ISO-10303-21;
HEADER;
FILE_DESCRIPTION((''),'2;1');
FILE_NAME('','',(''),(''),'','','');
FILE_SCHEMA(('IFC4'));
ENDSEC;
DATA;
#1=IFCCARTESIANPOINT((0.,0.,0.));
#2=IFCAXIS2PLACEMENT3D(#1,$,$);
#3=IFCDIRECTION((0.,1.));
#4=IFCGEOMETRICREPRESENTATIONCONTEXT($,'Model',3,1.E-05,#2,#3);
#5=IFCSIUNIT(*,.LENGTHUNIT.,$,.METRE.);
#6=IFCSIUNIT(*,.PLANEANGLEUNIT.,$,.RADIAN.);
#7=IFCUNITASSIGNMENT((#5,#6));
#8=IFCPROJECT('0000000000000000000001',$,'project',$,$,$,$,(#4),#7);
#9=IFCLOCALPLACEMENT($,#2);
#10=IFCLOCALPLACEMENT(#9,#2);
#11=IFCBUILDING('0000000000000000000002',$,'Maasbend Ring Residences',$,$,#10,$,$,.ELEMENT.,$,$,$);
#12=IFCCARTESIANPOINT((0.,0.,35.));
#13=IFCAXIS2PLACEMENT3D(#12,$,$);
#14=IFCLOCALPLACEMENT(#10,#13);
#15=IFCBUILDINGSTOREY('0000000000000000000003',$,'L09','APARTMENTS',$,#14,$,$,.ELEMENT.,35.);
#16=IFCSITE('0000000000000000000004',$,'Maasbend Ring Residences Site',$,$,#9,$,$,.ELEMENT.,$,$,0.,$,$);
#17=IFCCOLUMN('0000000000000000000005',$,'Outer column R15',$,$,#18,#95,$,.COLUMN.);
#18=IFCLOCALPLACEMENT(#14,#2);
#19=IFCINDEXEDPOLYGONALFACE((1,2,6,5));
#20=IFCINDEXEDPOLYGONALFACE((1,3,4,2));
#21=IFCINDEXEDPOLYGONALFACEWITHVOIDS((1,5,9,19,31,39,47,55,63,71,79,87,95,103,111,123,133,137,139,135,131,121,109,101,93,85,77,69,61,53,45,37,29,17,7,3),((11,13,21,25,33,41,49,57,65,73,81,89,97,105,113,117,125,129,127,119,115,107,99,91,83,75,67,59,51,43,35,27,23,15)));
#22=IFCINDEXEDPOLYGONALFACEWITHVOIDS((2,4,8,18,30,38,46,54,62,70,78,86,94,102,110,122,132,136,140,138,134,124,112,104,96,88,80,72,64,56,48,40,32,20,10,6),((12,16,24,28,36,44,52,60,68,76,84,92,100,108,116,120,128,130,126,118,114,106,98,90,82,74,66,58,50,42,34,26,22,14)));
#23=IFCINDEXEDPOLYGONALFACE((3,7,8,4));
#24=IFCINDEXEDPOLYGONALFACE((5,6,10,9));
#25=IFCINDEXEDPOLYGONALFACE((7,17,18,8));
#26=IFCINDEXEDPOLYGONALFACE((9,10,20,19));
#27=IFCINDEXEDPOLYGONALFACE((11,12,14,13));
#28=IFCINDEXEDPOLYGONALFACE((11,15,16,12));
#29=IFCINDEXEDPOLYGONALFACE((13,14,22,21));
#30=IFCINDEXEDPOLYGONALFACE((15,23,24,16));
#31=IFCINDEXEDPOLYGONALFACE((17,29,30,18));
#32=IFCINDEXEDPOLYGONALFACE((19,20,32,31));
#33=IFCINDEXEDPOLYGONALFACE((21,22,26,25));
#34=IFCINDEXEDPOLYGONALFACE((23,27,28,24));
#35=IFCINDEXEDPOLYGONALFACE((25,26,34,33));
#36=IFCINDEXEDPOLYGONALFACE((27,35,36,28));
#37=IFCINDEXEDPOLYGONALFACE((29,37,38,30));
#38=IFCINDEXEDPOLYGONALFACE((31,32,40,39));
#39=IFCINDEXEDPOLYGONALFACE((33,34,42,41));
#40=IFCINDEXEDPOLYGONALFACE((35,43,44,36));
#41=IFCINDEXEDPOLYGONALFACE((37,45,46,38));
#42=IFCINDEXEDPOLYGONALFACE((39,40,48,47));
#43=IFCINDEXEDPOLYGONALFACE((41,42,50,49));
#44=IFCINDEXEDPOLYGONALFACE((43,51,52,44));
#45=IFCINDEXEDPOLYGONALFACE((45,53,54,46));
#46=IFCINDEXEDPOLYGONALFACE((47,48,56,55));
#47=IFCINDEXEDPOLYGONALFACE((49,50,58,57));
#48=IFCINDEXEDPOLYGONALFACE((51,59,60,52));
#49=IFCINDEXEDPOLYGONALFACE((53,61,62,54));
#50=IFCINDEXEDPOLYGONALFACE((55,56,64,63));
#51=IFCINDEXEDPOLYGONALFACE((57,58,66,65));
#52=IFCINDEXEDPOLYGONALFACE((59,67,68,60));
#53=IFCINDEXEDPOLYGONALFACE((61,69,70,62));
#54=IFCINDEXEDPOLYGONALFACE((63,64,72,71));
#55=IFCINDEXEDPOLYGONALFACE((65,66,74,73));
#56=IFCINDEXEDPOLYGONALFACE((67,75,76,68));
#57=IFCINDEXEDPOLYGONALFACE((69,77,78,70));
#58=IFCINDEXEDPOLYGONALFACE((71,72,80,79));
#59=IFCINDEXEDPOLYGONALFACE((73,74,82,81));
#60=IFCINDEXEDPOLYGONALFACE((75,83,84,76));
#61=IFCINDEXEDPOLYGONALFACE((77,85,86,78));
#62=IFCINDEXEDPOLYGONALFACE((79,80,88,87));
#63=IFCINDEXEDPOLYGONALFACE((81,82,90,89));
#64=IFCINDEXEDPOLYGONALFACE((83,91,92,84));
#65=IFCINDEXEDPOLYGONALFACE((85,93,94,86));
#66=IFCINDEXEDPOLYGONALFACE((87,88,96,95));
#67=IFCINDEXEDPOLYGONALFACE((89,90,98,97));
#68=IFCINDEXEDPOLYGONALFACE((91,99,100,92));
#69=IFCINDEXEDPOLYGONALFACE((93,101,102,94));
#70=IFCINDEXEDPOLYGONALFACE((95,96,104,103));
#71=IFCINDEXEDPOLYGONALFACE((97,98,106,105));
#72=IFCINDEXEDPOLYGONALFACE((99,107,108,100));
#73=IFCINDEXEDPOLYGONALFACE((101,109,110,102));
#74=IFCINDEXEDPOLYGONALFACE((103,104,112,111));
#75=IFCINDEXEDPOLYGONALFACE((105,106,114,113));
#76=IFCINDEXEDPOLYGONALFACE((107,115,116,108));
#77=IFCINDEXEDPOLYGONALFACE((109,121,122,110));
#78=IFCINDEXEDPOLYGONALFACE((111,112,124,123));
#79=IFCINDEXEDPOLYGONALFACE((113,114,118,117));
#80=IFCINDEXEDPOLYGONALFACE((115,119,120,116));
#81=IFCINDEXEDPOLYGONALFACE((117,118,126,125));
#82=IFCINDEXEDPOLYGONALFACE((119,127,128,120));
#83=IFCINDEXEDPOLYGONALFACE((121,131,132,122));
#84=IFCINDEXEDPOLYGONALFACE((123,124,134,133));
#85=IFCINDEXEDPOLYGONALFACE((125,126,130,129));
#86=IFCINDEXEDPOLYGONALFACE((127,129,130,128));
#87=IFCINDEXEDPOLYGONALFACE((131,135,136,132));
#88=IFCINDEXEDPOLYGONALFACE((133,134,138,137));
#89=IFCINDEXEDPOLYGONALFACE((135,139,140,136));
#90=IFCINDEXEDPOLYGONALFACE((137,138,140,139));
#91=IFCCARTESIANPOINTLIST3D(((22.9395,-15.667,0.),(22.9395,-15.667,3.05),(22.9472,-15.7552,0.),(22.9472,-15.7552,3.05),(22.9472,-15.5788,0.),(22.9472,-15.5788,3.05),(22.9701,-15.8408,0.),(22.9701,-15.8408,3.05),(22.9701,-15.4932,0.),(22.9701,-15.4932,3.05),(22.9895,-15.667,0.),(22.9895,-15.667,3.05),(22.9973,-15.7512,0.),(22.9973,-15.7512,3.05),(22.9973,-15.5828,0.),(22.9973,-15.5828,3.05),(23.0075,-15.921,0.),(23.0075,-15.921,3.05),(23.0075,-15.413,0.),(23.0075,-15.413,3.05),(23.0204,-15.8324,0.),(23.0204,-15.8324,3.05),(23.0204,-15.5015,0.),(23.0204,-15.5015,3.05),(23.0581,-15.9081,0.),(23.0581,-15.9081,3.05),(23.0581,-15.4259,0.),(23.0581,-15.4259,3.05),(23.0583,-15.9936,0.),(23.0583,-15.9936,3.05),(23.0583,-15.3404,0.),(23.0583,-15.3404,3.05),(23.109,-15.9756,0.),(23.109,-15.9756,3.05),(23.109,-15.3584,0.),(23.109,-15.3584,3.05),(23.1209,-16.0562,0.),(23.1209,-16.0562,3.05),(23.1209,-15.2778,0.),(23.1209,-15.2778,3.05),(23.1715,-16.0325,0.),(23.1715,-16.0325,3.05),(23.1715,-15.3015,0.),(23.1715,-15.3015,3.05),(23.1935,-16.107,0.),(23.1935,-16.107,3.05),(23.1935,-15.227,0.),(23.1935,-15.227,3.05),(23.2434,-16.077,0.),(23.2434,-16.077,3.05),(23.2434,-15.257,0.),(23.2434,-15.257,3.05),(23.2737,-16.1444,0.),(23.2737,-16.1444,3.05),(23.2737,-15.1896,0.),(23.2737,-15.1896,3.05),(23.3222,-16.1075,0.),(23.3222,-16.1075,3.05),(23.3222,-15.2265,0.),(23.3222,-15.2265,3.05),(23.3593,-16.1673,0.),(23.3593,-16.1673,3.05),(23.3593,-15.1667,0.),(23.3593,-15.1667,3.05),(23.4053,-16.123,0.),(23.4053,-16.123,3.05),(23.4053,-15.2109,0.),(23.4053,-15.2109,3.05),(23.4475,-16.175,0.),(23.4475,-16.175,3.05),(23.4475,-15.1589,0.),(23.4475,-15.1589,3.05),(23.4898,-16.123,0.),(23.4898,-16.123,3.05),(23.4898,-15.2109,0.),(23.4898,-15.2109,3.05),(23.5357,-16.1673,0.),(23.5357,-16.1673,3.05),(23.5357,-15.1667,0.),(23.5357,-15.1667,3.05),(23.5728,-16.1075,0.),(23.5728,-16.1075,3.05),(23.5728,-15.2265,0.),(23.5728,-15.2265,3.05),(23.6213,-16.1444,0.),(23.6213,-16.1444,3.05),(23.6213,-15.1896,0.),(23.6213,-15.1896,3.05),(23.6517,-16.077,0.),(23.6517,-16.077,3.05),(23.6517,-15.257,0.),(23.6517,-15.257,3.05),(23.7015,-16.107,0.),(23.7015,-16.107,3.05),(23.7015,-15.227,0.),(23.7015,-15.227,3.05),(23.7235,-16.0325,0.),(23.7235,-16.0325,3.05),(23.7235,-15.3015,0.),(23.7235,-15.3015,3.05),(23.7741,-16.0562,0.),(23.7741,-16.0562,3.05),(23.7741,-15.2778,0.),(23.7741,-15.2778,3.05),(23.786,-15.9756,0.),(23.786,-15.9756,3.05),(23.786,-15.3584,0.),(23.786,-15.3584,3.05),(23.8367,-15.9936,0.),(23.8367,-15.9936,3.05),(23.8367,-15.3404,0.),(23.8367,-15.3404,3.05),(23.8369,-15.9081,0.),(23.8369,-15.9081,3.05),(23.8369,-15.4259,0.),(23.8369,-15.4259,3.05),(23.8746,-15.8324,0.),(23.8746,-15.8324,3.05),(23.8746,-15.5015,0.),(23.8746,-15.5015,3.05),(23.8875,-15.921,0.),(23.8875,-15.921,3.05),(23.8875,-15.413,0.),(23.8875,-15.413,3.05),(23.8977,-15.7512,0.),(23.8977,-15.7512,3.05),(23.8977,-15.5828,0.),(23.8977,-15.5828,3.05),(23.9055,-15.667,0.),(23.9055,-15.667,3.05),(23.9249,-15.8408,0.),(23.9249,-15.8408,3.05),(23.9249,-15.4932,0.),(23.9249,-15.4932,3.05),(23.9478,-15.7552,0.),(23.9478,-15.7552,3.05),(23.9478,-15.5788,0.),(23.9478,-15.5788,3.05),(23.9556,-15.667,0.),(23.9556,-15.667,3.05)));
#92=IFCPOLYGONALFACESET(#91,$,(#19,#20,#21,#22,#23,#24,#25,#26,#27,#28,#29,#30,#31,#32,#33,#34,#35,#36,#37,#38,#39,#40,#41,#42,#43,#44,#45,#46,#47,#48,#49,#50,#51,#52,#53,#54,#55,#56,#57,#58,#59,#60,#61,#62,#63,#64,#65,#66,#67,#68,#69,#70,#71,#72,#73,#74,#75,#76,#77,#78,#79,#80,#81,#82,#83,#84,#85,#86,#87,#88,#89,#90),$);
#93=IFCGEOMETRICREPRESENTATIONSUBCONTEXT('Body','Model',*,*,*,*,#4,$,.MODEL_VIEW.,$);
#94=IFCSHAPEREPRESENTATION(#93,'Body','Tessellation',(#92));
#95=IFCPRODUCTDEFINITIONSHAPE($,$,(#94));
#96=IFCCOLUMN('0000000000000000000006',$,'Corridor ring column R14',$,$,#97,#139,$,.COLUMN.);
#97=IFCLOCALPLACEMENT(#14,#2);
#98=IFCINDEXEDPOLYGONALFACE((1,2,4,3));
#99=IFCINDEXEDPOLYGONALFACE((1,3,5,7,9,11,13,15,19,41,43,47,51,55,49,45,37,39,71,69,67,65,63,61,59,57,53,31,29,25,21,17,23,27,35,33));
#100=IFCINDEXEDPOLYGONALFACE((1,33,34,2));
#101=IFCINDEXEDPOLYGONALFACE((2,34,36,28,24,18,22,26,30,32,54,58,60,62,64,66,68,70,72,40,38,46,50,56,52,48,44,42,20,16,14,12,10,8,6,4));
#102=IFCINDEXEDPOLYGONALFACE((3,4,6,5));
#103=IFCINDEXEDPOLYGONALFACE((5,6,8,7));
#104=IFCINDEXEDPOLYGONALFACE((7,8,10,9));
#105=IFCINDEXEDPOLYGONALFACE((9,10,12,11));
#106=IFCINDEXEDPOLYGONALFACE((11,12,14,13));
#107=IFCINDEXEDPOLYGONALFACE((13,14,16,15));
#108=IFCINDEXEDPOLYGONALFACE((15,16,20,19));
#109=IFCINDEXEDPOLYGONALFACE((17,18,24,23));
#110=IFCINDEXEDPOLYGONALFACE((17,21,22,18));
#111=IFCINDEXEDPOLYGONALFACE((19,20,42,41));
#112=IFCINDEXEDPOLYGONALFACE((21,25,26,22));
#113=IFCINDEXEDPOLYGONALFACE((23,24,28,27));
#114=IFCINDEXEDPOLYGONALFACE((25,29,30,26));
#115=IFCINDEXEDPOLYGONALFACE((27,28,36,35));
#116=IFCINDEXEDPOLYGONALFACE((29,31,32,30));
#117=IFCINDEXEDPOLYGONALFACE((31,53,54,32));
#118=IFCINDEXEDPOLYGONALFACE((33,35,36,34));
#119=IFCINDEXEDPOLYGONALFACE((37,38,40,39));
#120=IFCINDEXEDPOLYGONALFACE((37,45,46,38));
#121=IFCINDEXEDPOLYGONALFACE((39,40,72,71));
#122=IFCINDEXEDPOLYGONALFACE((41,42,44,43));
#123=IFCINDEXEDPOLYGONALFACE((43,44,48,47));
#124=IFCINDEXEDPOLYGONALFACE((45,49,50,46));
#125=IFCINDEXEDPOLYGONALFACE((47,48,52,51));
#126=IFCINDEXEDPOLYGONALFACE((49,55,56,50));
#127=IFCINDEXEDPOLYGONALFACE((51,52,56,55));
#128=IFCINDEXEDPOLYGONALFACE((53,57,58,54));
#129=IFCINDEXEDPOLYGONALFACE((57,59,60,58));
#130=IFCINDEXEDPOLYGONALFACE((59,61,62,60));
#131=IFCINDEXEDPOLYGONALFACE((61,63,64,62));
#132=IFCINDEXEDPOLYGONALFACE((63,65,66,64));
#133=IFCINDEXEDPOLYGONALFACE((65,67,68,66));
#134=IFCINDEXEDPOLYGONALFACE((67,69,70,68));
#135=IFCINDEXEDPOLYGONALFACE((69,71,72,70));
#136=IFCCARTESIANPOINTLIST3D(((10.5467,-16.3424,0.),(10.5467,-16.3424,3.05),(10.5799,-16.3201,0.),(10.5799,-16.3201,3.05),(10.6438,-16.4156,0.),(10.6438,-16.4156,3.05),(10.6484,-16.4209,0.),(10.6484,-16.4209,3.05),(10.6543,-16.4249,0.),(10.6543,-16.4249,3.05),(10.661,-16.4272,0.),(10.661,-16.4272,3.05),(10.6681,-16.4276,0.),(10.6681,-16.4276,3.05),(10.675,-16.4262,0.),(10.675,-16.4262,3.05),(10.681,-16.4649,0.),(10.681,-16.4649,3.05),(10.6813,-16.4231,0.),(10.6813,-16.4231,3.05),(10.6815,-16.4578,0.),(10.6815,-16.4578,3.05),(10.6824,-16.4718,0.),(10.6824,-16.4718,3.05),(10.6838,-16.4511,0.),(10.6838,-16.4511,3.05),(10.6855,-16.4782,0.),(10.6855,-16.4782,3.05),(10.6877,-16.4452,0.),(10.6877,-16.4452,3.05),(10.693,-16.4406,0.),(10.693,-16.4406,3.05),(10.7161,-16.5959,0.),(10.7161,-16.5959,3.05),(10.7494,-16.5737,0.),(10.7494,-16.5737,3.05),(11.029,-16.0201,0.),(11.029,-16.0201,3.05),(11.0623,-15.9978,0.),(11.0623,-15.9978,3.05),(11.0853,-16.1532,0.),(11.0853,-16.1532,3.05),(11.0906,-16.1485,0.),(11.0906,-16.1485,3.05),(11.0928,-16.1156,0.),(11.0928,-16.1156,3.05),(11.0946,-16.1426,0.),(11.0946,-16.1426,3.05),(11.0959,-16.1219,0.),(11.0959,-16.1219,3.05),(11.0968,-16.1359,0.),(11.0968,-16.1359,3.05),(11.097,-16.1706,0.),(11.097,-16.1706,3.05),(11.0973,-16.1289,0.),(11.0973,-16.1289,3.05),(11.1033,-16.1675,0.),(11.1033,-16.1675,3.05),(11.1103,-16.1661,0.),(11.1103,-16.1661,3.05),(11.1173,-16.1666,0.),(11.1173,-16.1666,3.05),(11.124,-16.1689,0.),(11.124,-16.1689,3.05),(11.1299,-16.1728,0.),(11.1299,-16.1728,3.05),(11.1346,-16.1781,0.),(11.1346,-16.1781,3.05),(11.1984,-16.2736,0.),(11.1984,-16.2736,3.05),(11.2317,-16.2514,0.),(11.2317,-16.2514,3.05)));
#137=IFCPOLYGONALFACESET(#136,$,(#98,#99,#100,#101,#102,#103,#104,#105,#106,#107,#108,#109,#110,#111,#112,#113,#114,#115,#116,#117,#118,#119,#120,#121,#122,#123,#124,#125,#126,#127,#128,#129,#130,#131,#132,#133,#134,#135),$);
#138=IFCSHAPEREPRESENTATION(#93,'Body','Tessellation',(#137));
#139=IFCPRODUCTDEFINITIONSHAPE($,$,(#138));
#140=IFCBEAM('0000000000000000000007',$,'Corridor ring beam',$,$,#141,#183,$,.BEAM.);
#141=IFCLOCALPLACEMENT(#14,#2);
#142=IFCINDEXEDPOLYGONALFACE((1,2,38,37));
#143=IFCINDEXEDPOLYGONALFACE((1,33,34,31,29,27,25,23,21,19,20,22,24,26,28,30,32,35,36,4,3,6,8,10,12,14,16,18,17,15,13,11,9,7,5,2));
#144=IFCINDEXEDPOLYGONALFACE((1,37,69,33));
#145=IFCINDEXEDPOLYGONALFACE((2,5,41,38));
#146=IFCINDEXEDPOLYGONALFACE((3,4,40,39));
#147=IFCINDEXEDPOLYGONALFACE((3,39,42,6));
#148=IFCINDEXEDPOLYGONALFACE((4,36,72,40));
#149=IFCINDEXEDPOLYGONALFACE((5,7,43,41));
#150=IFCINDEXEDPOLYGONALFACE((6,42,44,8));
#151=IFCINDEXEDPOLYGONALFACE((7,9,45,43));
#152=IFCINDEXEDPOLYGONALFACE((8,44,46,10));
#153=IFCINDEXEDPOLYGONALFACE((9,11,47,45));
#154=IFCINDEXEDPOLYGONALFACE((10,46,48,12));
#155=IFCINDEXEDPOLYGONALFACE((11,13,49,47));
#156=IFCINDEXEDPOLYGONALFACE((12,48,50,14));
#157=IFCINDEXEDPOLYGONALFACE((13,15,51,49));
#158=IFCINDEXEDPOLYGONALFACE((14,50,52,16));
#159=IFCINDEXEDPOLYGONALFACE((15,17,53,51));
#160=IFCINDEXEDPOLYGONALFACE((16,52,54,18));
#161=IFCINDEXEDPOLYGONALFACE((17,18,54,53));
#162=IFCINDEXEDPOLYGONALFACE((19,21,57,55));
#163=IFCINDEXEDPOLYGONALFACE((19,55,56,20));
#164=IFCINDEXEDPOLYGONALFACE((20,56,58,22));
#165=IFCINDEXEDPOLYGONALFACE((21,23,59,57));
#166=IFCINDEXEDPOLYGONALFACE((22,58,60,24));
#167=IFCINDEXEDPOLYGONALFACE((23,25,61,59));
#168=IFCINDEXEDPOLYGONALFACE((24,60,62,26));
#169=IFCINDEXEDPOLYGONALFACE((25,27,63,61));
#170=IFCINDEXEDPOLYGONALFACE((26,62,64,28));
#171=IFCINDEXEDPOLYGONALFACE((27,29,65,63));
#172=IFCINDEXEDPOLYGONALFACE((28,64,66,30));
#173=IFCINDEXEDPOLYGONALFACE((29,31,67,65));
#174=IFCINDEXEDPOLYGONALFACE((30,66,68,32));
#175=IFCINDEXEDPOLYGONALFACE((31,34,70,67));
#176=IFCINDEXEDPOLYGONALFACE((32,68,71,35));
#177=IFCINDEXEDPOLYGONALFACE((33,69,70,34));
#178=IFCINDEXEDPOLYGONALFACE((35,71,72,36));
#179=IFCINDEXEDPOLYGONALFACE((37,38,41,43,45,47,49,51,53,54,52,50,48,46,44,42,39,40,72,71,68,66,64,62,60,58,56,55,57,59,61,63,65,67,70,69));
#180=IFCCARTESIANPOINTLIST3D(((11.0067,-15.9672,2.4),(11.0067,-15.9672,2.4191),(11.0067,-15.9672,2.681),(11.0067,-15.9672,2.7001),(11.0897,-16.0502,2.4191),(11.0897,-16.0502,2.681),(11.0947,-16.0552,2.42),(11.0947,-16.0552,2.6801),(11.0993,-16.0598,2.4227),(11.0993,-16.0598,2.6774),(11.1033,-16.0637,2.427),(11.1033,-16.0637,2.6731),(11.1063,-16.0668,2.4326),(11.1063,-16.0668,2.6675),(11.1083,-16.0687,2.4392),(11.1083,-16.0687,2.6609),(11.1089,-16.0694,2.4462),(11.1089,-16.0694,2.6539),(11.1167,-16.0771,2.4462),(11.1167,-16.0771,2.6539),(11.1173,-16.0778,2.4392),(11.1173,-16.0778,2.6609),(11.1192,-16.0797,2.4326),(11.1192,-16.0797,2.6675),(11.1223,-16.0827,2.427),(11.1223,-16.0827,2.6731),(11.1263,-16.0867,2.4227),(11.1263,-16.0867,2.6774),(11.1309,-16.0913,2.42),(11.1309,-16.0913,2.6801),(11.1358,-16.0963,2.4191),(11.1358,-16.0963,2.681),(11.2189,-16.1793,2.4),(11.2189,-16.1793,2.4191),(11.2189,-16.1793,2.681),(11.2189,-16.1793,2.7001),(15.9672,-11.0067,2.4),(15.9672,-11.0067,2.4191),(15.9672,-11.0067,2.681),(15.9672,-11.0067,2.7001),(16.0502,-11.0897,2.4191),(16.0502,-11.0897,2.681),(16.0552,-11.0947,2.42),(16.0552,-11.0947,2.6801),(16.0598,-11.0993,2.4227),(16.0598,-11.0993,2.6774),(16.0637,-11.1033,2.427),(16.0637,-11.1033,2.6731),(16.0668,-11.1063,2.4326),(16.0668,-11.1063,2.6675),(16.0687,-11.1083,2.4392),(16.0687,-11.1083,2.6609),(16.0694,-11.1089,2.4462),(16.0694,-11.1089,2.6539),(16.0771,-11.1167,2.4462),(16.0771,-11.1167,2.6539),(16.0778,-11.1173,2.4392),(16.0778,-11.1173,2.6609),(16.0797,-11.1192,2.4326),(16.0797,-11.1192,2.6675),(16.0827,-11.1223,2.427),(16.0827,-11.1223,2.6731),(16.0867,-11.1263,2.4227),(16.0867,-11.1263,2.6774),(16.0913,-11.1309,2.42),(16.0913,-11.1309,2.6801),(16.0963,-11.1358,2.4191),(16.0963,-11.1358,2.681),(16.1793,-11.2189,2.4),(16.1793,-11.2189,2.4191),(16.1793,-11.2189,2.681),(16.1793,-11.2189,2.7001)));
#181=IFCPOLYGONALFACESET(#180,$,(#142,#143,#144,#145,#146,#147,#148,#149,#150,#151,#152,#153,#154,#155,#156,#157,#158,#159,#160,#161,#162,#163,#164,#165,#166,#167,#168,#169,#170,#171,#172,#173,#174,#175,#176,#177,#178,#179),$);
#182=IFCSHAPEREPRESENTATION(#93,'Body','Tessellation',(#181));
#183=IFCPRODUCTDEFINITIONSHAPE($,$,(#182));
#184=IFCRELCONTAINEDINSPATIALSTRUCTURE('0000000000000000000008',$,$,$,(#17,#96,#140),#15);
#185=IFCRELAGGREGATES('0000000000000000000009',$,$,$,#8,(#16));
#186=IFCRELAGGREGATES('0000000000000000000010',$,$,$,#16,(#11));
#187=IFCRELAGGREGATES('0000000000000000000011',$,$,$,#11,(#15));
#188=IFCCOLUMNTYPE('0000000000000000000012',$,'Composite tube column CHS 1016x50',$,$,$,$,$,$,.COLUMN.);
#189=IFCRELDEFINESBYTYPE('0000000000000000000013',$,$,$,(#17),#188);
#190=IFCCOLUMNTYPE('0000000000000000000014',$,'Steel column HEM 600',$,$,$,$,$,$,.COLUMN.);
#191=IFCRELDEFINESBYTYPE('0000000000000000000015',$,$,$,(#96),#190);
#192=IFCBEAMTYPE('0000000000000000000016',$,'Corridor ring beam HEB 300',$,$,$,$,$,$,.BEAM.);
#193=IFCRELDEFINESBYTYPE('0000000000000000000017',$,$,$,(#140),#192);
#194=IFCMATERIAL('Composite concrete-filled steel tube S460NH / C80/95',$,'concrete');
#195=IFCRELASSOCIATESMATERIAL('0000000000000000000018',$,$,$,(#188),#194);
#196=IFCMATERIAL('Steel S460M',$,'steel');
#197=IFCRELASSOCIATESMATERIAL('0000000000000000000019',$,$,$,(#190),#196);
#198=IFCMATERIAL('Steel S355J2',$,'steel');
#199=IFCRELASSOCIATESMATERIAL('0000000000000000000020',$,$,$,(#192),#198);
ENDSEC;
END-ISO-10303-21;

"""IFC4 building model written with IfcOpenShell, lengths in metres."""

from ifc_helpers import new_model, si_unit, direction, frame, origin, origin_2d, place, context, subcontext, project, spatial, hollow_circle, i_section, extrude, material, material_profile, profile_set, type_object, element, save


model = new_model("IFC4")

# Units and contexts
model_context = context("Model", 3, precision=1e-05, world=origin(), true_north=direction((0.0, 1.0)))
body_context = subcontext(model_context, "Body", "Model", "MODEL_VIEW")
ifc_project = project(units=[si_unit("LENGTHUNIT", "METRE"), si_unit("PLANEANGLEUNIT", "RADIAN")], contexts=[model_context])

# Site, building, storey
site_placement = place(None, origin())
site = spatial("IfcSite", under=ifc_project, at=site_placement, Name="Maasbend Ring Residences Site", CompositionType="ELEMENT", RefElevation=0.0)
building_placement = place(site_placement, origin())
building = spatial("IfcBuilding", under=site, at=building_placement, Name="Maasbend Ring Residences", CompositionType="ELEMENT")
storey_placement = place(building_placement, frame((0.0, 0.0, 35.0)))
storey = spatial("IfcBuildingStorey", under=building, at=storey_placement, Name="L09", Description="APARTMENTS", CompositionType="ELEMENT", Elevation=35.0)

# Columns
ifc_material_1 = material(Name="Composite concrete-filled steel tube S460NH / C80/95", Category="concrete")
ifc_material_profile_1 = material_profile(ifc_material_1, hollow_circle(Radius=0.5081, WallThickness=0.05, at=origin_2d()), Name="Composite tube column CHS 1016x50")
ifc_profile_set_1 = profile_set([ifc_material_profile_1], Name="Composite concrete-filled steel tube S460NH / C80/95")
column_type_1 = type_object("IfcColumnType", Name="Composite tube column CHS 1016x50", PredefinedType="COLUMN", material=ifc_profile_set_1)
column_1_placement = place(storey_placement, frame((23.4475, -15.667, 0.0), z_axis=(0.0, 0.0, 1.0), x_axis=(1.0, 0.0, 0.0)))
element("IfcColumn", 1, at=column_1_placement, inside=storey, type_object=column_type_1, Name="Outer column R15", PredefinedType="COLUMN", context=body_context, shape_type="SweptSolid", body=[
    extrude(hollow_circle(Radius=0.5081, WallThickness=0.05, at=origin_2d()), origin(), (0.0, 0.0, 1.0), 3.05),
])
ifc_material_2 = material(Name="Steel S460M", Category="steel")
ifc_material_profile_2 = material_profile(ifc_material_2, i_section(OverallWidth=0.3049, OverallDepth=0.6201, WebThickness=0.021, FlangeThickness=0.04, FilletRadius=0.0271, at=origin_2d()), Name="HEM 600")
ifc_profile_set_2 = profile_set([ifc_material_profile_2], Name="Steel S460M")
column_type_2 = type_object("IfcColumnType", Name="Steel column HEM 600", PredefinedType="COLUMN", material=ifc_profile_set_2)
column_2_placement = place(storey_placement, frame((10.8892, -16.2969, 0.0), z_axis=(0.0, 0.0, 1.0), x_axis=(0.55557, -0.83147, 0.0)))
element("IfcColumn", 2, at=column_2_placement, inside=storey, type_object=column_type_2, Name="Corridor ring column R14", PredefinedType="COLUMN", context=body_context, shape_type="SweptSolid", body=[
    extrude(i_section(OverallWidth=0.3049, OverallDepth=0.6201, WebThickness=0.021, FlangeThickness=0.04, FilletRadius=0.0271, at=origin_2d()), origin(), (0.0, 0.0, 1.0), 3.05),
])

# Beam
ifc_material_3 = material(Name="Steel S355J2", Category="steel")
ifc_material_profile_3 = material_profile(ifc_material_3, i_section(OverallWidth=0.3, OverallDepth=0.3, WebThickness=0.011, FlangeThickness=0.019, FilletRadius=0.0271, at=origin_2d()), Name="HEB 300")
ifc_profile_set_3 = profile_set([ifc_material_profile_3], Name="Steel S355J2")
beam_type = type_object("IfcBeamType", Name="Corridor ring beam HEB 300", PredefinedType="BEAM", material=ifc_profile_set_3)
beam_placement = place(storey_placement, frame((11.1128, -16.0732, 2.55), z_axis=(0.707107, 0.707107, 0.0), x_axis=(-0.707107, 0.707107, 0.0)))
element("IfcBeam", 3, at=beam_placement, inside=storey, type_object=beam_type, Name="Corridor ring beam", PredefinedType="BEAM", context=body_context, shape_type="SweptSolid", body=[
    extrude(i_section(OverallWidth=0.3, OverallDepth=0.3, WebThickness=0.011, FlangeThickness=0.019, FilletRadius=0.0271, at=origin_2d()), origin(), (0.0, 0.0, 1.0), 7.0151),
])

save(model, "model.ifc")
